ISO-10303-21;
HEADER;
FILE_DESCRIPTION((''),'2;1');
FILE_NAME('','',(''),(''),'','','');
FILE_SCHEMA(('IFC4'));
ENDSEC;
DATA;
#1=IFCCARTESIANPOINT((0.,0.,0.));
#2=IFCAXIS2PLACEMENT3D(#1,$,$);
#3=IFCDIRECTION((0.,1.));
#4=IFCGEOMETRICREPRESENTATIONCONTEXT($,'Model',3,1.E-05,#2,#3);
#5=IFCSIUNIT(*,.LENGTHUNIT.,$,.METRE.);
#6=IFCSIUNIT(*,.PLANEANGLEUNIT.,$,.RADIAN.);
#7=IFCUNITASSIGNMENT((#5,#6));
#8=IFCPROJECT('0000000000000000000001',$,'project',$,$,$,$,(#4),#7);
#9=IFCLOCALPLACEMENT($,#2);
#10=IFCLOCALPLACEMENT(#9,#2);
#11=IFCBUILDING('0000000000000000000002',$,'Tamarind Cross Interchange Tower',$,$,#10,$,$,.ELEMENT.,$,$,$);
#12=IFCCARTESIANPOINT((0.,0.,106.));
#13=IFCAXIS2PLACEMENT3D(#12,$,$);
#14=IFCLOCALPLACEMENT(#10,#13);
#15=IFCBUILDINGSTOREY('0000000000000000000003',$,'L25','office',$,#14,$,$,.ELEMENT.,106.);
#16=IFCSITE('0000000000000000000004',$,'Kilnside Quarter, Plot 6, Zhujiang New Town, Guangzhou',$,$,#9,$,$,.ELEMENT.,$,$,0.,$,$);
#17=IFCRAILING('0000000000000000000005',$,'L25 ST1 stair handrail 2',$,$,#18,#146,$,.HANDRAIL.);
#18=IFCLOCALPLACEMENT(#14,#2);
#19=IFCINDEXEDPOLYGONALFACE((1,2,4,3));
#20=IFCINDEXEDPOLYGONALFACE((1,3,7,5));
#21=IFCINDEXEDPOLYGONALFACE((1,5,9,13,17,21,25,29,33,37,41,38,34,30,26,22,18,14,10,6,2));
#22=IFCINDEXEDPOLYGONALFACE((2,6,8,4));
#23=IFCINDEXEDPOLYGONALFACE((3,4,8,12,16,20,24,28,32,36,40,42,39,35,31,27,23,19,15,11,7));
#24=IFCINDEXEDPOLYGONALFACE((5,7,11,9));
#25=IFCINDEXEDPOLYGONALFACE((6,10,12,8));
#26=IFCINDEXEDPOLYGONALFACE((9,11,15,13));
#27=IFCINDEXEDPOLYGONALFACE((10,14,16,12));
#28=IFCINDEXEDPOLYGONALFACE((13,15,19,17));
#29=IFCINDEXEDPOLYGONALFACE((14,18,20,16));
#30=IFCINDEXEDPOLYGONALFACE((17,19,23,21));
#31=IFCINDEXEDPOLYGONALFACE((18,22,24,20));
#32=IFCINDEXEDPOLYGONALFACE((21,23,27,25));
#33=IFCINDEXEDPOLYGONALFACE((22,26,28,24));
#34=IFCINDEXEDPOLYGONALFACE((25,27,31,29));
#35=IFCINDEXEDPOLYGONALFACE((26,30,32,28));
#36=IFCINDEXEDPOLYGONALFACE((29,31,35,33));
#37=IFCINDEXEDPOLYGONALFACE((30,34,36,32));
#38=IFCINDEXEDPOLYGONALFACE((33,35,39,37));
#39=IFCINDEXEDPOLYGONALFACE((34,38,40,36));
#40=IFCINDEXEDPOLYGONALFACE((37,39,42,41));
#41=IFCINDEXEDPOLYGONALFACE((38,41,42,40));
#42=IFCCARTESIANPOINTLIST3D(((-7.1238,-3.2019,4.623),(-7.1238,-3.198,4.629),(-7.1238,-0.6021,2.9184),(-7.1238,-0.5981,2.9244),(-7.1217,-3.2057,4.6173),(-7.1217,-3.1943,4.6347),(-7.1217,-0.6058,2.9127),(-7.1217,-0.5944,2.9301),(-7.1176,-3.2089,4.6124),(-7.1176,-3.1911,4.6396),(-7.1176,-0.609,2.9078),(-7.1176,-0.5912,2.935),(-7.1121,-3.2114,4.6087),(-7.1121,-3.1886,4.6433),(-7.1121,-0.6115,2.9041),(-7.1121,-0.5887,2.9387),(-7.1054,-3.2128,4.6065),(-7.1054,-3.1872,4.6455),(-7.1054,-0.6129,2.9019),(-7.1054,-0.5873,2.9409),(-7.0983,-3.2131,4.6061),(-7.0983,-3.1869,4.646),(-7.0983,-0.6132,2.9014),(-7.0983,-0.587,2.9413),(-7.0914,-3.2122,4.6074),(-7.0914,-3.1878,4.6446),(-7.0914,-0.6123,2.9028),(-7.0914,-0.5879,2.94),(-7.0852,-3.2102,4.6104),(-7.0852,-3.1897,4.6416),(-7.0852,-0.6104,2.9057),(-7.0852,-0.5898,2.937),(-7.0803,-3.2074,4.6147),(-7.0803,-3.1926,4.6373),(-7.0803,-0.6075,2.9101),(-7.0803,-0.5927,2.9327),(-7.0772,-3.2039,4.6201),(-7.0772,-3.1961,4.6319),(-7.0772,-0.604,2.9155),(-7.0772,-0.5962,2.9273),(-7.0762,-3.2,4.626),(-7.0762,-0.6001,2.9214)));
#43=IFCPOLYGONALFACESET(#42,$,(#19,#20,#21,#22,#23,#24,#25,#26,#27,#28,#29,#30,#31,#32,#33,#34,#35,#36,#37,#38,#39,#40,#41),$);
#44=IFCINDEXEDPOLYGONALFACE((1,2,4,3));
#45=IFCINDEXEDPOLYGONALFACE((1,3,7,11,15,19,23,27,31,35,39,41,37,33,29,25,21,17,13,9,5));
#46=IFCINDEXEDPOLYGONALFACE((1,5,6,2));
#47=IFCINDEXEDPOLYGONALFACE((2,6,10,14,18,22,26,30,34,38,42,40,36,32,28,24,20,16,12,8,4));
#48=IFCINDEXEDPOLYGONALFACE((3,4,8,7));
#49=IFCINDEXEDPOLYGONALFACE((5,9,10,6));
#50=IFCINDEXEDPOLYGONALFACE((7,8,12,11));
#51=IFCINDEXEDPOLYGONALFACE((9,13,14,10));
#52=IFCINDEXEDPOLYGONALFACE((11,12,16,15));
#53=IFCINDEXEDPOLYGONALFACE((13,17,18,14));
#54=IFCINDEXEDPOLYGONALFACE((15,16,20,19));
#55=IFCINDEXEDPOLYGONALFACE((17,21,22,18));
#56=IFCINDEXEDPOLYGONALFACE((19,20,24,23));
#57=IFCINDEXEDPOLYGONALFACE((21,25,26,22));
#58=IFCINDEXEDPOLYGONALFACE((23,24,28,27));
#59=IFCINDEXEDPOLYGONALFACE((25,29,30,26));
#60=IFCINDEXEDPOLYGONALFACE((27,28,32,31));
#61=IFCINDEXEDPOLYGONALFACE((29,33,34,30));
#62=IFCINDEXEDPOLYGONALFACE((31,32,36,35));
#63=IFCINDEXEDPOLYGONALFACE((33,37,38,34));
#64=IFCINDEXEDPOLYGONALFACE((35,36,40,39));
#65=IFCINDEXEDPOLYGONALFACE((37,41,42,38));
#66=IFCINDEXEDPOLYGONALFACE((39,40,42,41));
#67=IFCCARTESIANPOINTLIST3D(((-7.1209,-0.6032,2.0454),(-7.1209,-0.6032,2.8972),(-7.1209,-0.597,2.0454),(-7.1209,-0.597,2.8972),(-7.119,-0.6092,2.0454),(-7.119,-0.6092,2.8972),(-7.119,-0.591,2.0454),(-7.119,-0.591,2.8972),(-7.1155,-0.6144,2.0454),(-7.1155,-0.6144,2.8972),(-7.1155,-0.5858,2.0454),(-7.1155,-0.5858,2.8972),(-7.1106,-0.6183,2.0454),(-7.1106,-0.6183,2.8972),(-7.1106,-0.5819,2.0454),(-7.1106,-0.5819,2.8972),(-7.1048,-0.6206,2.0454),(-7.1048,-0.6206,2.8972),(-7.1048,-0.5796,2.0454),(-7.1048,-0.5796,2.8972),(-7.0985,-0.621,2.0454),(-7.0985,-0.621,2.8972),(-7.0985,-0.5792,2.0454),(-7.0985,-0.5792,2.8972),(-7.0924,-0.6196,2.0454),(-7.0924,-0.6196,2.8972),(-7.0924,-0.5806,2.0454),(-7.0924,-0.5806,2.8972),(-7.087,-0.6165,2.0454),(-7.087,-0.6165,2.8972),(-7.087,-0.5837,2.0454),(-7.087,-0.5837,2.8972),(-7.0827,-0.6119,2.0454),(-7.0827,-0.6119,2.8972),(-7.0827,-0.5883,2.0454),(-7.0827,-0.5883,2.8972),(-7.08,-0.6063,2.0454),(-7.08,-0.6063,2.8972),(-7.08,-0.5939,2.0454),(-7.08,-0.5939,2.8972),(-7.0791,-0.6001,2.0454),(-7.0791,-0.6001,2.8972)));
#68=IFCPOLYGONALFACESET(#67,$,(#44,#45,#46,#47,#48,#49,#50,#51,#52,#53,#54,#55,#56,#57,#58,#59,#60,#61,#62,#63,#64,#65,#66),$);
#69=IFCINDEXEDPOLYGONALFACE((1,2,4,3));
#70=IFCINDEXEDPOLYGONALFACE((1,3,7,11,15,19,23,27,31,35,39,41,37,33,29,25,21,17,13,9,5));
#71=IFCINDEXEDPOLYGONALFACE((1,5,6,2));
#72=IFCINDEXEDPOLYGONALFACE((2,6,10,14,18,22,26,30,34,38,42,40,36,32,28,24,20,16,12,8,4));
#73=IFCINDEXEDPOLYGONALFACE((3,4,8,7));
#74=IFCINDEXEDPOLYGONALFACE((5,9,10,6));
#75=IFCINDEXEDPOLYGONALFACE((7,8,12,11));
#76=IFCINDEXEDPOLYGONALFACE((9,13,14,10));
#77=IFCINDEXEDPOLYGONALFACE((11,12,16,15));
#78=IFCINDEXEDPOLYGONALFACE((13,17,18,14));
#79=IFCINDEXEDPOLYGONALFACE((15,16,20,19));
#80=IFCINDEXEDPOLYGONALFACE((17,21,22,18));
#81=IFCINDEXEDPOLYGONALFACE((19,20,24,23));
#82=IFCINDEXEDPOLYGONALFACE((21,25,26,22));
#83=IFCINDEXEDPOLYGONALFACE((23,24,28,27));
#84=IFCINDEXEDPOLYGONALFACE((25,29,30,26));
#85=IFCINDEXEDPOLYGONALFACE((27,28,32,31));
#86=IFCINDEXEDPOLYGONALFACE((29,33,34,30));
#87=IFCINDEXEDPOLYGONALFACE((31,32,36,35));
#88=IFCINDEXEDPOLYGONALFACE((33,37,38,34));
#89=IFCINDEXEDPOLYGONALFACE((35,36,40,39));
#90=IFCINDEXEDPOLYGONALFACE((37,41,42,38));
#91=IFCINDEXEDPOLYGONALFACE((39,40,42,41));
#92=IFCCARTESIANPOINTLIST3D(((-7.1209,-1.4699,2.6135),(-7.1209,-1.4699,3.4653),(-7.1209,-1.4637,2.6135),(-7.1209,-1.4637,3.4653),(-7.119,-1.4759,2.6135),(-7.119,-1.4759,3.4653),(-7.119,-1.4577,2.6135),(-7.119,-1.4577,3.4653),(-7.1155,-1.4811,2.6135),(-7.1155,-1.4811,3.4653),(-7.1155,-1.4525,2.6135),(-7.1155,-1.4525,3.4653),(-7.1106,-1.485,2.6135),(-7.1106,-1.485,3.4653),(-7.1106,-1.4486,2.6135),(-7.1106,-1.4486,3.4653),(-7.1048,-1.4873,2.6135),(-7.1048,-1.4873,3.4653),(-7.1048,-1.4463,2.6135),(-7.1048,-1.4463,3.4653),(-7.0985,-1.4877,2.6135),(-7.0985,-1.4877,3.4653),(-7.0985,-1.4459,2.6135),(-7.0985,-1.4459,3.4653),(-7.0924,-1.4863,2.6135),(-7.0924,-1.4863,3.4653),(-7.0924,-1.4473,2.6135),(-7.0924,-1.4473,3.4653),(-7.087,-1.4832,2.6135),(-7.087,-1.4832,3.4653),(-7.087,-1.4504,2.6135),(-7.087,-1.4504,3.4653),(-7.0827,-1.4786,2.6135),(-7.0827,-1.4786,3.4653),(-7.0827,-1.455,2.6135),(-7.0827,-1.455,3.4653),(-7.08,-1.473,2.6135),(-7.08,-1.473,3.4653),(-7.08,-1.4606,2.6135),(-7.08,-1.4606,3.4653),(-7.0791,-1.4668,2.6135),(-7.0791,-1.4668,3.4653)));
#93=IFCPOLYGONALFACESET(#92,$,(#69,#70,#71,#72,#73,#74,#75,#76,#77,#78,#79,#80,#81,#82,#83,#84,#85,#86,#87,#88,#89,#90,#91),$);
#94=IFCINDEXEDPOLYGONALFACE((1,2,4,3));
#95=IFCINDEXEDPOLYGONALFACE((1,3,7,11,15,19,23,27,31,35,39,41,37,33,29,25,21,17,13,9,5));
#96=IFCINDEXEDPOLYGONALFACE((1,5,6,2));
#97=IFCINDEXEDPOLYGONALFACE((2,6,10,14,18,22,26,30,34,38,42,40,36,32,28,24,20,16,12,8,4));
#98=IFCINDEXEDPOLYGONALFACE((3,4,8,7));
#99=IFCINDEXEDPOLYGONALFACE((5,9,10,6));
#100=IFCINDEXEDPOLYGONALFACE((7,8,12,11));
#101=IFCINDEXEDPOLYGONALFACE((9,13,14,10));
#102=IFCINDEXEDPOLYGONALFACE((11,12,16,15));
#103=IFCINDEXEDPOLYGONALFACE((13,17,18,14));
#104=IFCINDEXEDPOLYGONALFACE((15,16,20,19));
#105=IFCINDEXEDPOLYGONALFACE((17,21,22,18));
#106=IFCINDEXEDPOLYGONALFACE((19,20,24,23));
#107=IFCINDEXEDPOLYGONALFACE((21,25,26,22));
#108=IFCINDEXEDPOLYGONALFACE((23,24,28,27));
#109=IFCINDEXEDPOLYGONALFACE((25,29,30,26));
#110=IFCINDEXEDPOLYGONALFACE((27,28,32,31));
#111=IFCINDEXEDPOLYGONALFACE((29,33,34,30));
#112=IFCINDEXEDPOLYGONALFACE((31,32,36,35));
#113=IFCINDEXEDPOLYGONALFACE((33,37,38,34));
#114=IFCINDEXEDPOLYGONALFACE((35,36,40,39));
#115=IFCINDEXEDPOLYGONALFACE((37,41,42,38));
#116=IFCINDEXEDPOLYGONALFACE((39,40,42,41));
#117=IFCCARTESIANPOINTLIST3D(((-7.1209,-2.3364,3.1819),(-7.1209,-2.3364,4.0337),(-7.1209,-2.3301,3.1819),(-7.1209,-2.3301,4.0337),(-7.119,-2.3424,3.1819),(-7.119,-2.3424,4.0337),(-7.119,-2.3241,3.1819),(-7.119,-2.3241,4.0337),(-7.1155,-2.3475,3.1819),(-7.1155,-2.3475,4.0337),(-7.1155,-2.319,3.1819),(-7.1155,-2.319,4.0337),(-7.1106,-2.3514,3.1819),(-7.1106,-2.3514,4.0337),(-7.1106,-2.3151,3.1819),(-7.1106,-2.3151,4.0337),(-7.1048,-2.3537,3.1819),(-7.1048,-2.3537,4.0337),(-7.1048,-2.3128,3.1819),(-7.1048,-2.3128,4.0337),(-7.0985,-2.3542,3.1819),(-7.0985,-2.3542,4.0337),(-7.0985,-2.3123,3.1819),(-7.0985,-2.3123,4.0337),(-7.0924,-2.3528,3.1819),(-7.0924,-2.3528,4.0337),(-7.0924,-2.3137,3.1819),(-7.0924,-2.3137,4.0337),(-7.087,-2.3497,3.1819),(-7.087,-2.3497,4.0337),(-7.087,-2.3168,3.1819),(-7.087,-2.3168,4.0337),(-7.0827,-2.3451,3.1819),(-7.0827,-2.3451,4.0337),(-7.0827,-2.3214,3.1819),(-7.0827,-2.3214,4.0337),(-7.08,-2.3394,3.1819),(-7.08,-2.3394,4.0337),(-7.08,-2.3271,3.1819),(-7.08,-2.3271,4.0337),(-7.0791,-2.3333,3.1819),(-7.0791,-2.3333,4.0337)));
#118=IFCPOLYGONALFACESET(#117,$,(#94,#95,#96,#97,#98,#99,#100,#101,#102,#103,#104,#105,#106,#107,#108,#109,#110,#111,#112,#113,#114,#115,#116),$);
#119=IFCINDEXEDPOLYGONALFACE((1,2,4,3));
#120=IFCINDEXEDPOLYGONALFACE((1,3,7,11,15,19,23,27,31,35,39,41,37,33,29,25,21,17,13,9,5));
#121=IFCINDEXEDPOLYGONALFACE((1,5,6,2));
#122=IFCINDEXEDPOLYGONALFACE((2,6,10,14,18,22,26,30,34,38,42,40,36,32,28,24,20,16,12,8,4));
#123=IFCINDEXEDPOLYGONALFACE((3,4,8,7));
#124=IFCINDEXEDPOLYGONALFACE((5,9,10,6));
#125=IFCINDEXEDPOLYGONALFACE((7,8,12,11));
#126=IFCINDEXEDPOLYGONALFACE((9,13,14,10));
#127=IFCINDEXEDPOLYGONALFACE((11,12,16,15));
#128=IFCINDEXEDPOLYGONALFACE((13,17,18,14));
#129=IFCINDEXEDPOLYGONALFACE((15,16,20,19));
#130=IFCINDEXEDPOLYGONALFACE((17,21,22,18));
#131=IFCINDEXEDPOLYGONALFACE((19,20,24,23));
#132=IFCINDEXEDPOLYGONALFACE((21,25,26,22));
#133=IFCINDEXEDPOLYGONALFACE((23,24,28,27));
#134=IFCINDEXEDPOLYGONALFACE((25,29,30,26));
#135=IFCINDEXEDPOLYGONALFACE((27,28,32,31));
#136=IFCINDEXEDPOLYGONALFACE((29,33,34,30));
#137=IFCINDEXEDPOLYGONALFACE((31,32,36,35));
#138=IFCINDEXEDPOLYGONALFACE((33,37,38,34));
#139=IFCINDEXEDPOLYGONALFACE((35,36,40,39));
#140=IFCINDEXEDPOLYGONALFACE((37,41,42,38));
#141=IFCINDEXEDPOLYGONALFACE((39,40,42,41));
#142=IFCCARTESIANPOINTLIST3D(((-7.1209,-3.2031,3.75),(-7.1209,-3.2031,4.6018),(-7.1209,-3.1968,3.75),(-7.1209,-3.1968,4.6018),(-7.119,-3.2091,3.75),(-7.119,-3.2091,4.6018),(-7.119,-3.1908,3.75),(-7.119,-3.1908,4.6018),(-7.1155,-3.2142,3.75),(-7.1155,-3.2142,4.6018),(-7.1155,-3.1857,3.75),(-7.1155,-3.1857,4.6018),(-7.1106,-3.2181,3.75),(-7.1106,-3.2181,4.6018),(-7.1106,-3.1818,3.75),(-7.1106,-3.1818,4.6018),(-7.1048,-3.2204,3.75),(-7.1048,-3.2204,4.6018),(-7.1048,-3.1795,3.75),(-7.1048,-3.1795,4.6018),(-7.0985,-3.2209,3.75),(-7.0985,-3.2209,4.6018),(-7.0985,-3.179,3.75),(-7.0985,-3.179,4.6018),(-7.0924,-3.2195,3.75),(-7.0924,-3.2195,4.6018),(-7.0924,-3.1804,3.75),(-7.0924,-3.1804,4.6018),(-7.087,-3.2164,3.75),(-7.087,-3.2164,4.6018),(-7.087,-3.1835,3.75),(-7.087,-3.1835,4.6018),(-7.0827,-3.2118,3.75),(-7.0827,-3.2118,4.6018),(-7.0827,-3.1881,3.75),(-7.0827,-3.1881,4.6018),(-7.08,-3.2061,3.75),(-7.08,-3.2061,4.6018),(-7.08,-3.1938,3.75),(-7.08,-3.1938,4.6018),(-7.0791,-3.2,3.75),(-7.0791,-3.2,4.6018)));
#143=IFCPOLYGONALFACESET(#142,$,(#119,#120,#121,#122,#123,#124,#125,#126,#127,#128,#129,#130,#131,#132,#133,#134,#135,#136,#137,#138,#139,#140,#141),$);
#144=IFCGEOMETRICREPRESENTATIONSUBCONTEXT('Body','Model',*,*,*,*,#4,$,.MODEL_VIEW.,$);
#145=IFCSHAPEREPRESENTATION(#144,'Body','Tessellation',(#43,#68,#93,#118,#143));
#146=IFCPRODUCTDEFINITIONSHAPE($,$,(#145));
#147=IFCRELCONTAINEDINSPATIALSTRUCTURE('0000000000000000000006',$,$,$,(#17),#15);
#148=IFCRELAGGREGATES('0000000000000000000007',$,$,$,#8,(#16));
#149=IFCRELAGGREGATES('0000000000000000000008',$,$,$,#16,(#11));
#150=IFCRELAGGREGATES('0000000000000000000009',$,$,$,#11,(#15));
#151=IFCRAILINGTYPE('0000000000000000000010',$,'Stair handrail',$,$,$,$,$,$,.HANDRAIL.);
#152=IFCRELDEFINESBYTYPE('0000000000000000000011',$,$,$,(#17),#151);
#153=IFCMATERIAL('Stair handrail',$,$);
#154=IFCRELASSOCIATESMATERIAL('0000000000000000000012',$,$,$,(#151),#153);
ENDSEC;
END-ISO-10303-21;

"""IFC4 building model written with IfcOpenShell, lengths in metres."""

from ifc_helpers import new_model, si_unit, direction, frame, origin, origin_2d, place, context, subcontext, project, spatial, circle, extrude, material, type_object, element, save


model = new_model("IFC4")

# Units and contexts
model_context = context("Model", 3, precision=1e-05, world=origin(), true_north=direction((0.0, 1.0)))
body_context = subcontext(model_context, "Body", "Model", "MODEL_VIEW")
ifc_project = project(units=[si_unit("LENGTHUNIT", "METRE"), si_unit("PLANEANGLEUNIT", "RADIAN")], contexts=[model_context])

# Site, building, storey
site_placement = place(None, origin())
site = spatial("IfcSite", under=ifc_project, at=site_placement, Name="Kilnside Quarter, Plot 6, Zhujiang New Town, Guangzhou", CompositionType="ELEMENT", RefElevation=0.0)
building_placement = place(site_placement, origin())
building = spatial("IfcBuilding", under=site, at=building_placement, Name="Tamarind Cross Interchange Tower", CompositionType="ELEMENT")
storey_placement = place(building_placement, frame((0.0, 0.0, 106.0)))
storey = spatial("IfcBuildingStorey", under=building, at=storey_placement, Name="L25", Description="office", CompositionType="ELEMENT", Elevation=106.0)

# Railing
ifc_material_1 = material(Name="Stair handrail")
railing_type_1 = type_object("IfcRailingType", Name="Stair handrail", PredefinedType="HANDRAIL", material=ifc_material_1)
railing_1_placement = place(storey_placement, frame((-7.1001, -0.6001, 2.0454)))
element("IfcRailing", 1, at=railing_1_placement, inside=storey, type_object=railing_type_1, Name="L25 ST1 stair handrail 2", PredefinedType="HANDRAIL", context=body_context, shape_type="SweptSolid", body=[
    extrude(circle(Radius=0.0239, at=origin_2d()), frame((0.0, 0.0, 0.876), z_axis=(0.0, -0.836279, 0.548305), x_axis=(1.0, 0.0, 0.0)), (0.0, 0.0, 1.0), 3.1089),
    extrude(circle(Radius=0.021, at=origin_2d()), origin(), (0.0, 0.0, 1.0), 0.8518),
    extrude(circle(Radius=0.021, at=origin_2d()), frame((0.0, -0.8667, 0.5681)), (0.0, 0.0, 1.0), 0.8518),
    extrude(circle(Radius=0.021, at=origin_2d()), frame((0.0, -1.7332, 1.1365)), (0.0, 0.0, 1.0), 0.8518),
    extrude(circle(Radius=0.021, at=origin_2d()), frame((0.0, -2.5999, 1.7046)), (0.0, 0.0, 1.0), 0.8518),
])

save(model, "model.ifc")
